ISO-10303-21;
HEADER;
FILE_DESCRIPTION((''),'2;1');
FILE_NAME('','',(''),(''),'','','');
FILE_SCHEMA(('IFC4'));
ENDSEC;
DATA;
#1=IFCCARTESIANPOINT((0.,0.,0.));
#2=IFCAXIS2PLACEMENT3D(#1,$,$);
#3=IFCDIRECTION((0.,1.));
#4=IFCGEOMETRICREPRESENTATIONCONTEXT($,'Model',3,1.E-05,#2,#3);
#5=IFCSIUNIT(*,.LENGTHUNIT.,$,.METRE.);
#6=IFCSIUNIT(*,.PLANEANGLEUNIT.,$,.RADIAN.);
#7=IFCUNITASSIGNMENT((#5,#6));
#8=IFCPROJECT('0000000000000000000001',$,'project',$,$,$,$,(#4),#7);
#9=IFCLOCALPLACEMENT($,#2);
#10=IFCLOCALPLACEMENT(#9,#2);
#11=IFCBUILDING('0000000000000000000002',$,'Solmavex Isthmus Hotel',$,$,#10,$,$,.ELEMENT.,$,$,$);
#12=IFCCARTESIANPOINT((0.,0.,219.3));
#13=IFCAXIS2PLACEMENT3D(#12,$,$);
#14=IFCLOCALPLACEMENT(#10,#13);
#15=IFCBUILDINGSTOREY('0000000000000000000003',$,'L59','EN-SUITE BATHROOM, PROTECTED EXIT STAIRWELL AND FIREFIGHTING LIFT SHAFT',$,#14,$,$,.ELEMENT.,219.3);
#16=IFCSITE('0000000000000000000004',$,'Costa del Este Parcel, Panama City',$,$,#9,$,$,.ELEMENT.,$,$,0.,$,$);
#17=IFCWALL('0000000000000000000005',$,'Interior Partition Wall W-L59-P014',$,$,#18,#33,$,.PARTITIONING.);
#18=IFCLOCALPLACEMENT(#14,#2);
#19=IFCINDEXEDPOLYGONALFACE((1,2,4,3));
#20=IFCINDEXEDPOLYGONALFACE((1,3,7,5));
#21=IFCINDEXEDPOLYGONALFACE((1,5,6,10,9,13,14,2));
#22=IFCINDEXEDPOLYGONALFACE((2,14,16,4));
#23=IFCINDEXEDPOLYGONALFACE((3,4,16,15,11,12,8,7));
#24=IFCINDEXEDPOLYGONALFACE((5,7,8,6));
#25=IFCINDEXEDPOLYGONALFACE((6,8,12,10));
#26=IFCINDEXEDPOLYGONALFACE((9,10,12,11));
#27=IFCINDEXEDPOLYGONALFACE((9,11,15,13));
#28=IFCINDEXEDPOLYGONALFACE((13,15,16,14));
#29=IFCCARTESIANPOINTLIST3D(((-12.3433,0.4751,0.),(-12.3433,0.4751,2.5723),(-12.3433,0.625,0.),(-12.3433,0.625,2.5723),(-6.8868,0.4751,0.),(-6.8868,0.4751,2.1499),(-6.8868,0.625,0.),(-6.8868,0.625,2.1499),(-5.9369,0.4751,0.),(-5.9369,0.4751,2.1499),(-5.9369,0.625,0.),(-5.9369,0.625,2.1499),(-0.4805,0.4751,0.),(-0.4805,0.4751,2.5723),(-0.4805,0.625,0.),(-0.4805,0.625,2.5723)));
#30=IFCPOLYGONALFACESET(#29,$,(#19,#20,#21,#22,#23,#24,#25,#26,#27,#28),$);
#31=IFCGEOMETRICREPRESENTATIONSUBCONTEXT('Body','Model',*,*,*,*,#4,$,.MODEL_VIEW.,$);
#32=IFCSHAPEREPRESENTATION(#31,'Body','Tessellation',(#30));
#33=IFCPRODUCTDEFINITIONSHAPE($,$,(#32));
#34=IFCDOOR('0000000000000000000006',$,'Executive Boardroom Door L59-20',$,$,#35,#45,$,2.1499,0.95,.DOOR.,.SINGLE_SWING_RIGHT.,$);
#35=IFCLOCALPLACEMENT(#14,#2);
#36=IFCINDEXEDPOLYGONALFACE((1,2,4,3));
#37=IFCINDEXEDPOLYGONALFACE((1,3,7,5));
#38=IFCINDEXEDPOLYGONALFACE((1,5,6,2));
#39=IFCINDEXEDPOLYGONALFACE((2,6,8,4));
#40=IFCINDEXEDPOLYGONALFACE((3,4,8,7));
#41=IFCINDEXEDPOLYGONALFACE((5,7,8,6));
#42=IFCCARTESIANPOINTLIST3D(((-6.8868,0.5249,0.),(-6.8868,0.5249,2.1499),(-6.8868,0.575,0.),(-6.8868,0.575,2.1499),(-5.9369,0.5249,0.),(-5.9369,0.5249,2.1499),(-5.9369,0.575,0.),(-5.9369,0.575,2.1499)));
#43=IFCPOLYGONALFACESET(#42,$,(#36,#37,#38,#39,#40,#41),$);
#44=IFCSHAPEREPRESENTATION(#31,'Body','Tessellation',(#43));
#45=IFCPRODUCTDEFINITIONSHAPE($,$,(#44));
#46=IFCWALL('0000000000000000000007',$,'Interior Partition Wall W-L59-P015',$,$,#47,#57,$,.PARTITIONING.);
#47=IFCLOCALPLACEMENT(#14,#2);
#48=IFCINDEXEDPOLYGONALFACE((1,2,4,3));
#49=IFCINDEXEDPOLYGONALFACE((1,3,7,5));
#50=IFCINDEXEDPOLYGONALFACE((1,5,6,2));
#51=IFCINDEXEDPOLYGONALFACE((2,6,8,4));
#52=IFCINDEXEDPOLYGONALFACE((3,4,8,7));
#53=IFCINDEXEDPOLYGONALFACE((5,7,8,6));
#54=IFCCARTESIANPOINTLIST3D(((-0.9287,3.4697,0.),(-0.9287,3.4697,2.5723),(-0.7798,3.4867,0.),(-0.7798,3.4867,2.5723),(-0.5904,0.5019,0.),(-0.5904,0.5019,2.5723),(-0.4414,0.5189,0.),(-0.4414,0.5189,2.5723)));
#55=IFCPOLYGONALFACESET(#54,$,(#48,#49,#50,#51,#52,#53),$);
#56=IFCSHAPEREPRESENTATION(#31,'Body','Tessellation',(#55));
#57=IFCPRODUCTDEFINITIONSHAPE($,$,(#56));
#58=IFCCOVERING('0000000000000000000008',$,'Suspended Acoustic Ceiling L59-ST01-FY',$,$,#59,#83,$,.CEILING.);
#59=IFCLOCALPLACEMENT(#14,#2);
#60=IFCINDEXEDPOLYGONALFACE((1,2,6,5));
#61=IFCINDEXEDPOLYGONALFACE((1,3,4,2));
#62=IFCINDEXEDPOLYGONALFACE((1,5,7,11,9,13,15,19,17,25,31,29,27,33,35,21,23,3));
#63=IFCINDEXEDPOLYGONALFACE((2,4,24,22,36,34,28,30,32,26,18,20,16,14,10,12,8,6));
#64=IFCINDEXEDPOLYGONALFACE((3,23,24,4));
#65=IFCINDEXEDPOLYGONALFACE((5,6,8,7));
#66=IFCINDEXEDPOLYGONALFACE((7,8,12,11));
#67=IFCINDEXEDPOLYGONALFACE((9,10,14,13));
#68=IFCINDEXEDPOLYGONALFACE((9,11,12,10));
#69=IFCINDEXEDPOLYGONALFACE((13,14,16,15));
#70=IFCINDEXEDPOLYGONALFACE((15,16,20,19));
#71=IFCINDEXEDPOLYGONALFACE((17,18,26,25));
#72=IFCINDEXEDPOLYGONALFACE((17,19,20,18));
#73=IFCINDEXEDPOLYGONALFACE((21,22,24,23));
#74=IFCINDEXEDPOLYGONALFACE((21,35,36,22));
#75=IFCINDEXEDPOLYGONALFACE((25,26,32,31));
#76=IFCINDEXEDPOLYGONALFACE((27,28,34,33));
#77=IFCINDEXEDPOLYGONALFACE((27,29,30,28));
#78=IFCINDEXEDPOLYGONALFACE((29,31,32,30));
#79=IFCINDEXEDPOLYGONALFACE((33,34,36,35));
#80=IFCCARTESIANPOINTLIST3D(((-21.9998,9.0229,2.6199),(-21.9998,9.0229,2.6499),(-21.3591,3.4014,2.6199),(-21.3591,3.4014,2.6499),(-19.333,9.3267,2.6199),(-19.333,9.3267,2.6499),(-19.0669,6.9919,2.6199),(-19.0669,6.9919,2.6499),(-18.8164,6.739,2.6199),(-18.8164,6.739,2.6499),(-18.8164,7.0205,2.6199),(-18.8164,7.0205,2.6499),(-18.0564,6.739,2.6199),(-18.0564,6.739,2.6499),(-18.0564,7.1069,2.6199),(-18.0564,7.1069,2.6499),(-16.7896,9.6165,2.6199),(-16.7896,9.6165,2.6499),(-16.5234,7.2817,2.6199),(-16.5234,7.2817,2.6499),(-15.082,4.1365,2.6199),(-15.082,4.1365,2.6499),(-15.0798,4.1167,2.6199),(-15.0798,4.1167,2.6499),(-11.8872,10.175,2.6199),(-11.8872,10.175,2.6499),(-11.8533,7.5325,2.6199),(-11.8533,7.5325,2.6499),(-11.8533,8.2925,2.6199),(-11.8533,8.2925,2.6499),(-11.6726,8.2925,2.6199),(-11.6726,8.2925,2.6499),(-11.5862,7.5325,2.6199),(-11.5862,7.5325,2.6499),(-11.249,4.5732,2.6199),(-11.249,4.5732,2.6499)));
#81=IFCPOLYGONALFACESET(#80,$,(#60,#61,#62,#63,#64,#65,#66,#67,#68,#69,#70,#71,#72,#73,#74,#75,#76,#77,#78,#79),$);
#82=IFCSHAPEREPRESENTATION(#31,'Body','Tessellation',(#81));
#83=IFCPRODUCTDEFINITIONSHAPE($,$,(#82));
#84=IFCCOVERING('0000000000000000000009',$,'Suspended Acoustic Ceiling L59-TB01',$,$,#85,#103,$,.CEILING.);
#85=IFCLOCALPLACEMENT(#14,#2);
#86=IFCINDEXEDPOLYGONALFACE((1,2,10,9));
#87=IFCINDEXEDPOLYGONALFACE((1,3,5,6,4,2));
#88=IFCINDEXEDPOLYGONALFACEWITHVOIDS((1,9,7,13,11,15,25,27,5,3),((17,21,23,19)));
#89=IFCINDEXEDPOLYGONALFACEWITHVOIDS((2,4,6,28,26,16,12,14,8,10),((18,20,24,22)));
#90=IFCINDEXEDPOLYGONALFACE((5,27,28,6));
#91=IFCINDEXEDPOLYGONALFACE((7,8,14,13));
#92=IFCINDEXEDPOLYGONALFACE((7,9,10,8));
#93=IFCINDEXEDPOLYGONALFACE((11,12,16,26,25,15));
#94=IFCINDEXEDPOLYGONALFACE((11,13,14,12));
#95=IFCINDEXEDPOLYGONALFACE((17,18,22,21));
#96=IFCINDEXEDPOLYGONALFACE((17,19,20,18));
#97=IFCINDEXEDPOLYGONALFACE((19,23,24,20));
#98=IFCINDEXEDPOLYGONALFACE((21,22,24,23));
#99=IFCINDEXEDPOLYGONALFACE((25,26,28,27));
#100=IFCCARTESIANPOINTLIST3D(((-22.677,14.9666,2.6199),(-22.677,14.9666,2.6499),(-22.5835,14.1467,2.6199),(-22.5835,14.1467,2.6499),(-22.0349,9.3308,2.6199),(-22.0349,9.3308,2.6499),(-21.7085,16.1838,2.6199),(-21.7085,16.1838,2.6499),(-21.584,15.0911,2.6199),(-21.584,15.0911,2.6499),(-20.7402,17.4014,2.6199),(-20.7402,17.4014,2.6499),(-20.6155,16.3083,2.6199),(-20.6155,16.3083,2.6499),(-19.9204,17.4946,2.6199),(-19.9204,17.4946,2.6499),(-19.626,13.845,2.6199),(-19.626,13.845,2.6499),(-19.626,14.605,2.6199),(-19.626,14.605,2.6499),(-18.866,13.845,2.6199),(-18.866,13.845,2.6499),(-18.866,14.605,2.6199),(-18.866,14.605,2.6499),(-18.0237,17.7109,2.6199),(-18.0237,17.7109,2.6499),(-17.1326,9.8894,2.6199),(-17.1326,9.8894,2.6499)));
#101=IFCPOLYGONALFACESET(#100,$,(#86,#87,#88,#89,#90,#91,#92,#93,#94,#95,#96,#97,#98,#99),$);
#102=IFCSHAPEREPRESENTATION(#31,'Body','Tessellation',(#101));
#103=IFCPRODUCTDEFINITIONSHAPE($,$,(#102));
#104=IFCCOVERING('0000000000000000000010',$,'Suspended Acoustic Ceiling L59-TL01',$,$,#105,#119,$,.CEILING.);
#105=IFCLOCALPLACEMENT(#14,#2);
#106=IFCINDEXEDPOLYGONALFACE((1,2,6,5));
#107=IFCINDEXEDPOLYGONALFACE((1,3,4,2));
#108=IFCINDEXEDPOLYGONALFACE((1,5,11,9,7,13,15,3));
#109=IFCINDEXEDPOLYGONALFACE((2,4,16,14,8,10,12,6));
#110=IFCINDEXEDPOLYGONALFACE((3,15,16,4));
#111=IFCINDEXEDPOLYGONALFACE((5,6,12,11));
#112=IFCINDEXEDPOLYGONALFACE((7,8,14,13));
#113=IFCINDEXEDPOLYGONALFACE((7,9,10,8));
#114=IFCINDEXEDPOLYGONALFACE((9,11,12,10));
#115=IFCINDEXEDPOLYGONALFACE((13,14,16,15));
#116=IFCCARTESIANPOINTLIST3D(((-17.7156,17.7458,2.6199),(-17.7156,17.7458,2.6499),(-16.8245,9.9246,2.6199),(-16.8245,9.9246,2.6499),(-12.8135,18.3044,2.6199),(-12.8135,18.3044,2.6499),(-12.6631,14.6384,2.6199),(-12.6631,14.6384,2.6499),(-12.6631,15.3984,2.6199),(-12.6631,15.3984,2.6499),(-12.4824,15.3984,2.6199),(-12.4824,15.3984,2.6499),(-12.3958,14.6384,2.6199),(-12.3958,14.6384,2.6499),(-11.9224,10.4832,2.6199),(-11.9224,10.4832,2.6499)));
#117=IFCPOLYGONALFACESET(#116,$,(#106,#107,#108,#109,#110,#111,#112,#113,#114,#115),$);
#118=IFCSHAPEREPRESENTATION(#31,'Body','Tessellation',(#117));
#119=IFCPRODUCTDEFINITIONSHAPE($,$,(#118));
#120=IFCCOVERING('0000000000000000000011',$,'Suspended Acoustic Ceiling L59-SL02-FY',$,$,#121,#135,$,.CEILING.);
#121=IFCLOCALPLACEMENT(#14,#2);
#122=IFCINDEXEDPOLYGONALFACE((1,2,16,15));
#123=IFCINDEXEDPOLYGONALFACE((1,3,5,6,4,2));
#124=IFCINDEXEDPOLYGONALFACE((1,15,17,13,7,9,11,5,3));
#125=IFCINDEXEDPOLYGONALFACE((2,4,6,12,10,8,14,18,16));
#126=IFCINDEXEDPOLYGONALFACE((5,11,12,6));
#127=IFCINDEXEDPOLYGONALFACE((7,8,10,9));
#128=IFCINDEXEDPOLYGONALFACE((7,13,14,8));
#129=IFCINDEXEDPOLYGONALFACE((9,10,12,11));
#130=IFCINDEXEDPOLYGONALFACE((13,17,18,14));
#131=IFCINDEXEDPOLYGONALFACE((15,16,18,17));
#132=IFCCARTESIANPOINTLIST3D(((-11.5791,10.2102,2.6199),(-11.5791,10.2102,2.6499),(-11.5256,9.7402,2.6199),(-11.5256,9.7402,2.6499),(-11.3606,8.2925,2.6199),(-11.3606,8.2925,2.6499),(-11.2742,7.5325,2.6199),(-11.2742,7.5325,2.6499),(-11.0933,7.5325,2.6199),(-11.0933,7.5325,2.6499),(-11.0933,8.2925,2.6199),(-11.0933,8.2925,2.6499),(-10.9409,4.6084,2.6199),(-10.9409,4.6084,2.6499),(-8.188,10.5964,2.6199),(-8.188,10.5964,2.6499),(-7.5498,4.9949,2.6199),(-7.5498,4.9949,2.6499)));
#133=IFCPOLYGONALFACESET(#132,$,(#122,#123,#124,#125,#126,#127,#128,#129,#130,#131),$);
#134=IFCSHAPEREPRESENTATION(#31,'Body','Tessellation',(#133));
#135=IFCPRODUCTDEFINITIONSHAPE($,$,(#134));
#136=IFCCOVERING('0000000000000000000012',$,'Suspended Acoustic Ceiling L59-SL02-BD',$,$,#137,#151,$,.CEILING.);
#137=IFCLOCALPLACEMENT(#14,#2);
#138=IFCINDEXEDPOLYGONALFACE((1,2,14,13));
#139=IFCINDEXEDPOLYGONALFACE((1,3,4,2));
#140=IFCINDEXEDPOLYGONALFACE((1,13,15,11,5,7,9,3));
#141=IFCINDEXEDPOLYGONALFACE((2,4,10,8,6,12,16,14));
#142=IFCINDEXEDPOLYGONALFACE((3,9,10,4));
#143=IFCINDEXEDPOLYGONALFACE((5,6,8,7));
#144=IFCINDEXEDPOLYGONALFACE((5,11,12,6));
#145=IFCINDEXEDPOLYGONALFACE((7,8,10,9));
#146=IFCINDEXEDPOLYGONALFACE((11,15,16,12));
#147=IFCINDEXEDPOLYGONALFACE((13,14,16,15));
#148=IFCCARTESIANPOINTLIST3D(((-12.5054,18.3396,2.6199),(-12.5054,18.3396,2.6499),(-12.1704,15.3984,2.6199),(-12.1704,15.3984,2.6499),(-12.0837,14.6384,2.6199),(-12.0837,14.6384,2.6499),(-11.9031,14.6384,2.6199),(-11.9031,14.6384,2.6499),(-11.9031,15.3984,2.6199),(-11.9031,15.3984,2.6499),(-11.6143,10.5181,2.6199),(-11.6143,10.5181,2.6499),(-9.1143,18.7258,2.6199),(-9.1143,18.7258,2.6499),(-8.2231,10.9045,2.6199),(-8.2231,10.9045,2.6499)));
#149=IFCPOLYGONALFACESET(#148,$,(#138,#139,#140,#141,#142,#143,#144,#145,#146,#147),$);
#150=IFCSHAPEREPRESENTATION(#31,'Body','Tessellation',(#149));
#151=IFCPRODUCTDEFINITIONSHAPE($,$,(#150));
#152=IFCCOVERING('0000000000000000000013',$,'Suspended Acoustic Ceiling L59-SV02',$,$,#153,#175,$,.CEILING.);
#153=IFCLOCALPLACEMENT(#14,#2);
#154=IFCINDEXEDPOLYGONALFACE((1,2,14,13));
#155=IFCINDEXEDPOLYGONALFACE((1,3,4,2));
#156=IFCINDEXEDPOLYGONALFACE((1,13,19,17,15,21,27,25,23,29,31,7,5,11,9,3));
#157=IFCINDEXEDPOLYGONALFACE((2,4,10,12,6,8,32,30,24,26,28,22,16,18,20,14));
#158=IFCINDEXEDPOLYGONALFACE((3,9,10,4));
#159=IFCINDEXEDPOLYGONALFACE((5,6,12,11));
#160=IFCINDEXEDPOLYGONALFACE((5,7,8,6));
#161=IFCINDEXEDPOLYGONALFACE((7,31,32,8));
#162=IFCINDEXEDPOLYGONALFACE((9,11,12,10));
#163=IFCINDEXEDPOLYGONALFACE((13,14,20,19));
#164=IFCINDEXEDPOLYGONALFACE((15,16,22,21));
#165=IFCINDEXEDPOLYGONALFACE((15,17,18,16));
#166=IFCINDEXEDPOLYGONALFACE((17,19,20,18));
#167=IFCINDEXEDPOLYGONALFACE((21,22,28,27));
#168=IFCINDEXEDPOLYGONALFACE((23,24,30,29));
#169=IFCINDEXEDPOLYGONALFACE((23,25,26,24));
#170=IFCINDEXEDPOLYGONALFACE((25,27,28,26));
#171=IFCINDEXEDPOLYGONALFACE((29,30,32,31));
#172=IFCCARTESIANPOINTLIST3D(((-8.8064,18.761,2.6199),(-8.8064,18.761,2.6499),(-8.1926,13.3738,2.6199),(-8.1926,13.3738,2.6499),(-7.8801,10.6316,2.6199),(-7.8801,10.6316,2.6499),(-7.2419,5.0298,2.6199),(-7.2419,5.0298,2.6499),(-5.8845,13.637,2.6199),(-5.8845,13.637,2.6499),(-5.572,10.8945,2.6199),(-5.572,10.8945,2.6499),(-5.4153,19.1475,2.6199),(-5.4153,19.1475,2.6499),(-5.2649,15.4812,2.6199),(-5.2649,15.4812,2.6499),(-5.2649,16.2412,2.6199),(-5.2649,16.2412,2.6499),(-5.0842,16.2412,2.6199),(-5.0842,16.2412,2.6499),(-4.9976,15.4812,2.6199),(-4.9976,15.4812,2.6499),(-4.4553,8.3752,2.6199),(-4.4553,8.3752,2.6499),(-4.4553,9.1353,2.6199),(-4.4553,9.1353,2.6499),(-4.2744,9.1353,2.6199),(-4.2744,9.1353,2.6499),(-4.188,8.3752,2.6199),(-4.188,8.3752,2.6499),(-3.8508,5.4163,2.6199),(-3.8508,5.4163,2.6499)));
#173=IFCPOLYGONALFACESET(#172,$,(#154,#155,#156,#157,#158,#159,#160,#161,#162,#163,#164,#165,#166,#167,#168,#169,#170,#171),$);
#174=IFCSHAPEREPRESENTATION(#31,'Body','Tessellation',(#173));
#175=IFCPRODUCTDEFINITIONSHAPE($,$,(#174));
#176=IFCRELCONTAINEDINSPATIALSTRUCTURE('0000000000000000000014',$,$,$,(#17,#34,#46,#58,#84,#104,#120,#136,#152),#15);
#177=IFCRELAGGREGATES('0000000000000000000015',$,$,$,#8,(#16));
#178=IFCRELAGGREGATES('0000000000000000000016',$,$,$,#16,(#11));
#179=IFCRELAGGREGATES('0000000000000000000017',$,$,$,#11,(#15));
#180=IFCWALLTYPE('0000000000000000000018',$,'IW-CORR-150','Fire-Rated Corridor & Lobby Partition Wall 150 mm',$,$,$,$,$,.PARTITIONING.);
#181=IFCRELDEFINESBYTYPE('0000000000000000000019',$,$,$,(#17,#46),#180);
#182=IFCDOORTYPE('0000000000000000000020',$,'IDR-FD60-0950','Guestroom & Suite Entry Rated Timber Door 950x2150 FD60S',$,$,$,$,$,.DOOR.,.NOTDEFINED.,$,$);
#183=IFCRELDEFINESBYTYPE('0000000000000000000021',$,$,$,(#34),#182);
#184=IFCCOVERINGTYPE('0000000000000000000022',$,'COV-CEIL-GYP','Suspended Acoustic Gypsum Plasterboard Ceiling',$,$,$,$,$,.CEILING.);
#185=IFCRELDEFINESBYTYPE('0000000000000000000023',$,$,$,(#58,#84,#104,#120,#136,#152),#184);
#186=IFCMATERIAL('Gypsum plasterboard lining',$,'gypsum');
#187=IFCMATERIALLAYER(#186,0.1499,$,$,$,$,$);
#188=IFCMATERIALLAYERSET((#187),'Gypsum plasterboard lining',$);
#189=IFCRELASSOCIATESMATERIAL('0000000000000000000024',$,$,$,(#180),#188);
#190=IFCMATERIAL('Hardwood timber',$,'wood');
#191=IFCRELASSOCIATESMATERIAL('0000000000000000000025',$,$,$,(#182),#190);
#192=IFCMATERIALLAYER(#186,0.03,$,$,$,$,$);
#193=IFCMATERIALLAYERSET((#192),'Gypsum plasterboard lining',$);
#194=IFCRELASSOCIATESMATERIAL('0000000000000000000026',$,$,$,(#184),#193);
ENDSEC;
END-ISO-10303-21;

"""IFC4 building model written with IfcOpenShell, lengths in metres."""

from ifc_helpers import new_model, si_unit, direction, frame, frame_2d, origin, place, context, subcontext, project, spatial, polyline, rectangle, outline, extrude, material, layer, layer_set, type_object, element, fill, save


model = new_model("IFC4")

# Units and contexts
model_context = context("Model", 3, precision=1e-05, world=origin(), true_north=direction((0.0, 1.0)))
body_context = subcontext(model_context, "Body", "Model", "MODEL_VIEW")
ifc_project = project(units=[si_unit("LENGTHUNIT", "METRE"), si_unit("PLANEANGLEUNIT", "RADIAN")], contexts=[model_context])

# Site, building, storey
site_placement = place(None, origin())
site = spatial("IfcSite", under=ifc_project, at=site_placement, Name="Costa del Este Parcel, Panama City", CompositionType="ELEMENT", RefElevation=0.0)
building_placement = place(site_placement, origin())
building = spatial("IfcBuilding", under=site, at=building_placement, Name="Solmavex Isthmus Hotel", CompositionType="ELEMENT")
storey_placement = place(building_placement, frame((0.0, 0.0, 219.3)))
storey = spatial("IfcBuildingStorey", under=building, at=storey_placement, Name="L59", Description="EN-SUITE BATHROOM, PROTECTED EXIT STAIRWELL AND FIREFIGHTING LIFT SHAFT", CompositionType="ELEMENT", Elevation=219.3)

# Shared definitions
ifc_material_1 = material(Name="Gypsum plasterboard lining", Category="gypsum")
ifc_layer_1 = layer(ifc_material_1, 0.1499)
ifc_layer_set_1 = layer_set([ifc_layer_1], Name="Gypsum plasterboard lining")
wall_type = type_object("IfcWallType", Name="IW-CORR-150", Description="Fire-Rated Corridor & Lobby Partition Wall 150 mm", PredefinedType="PARTITIONING", material=ifc_layer_set_1)

# Wall, opening, door
wall_1_placement = place(storey_placement, frame((-12.3433, 0.55, 0.0), z_axis=(0.0, 0.0, 1.0), x_axis=(1.0, 0.0, 0.0)))
wall_1 = element("IfcWall", 1, at=wall_1_placement, inside=storey, type_object=wall_type, Name="Interior Partition Wall W-L59-P014", PredefinedType="PARTITIONING", context=body_context, shape_type="SweptSolid", body=[
    extrude(rectangle(XDim=11.8628, YDim=0.1499, at=frame_2d((5.9314, 0.0))), origin(), (0.0, 0.0, 1.0), 2.5723),
])
opening_placement = place(wall_1_placement, frame((5.4563, 0.0, 0.0)))
opening = element("IfcOpeningElement", 2, at=opening_placement, cuts=wall_1, PredefinedType="OPENING", context=body_context, shape_type="SweptSolid", body=[
    extrude(rectangle(XDim=0.95, YDim=2.1499, at=frame_2d((0.4751, 1.075))), frame((0.0, 0.085, 0.0), z_axis=(0.0, -1.0, 0.0), x_axis=(1.0, 0.0, 0.0)), (0.0, 0.0, 1.0), 0.1699),
])
ifc_material_2 = material(Name="Hardwood timber", Category="wood")
door_type = type_object("IfcDoorType", Name="IDR-FD60-0950", Description="Guestroom & Suite Entry Rated Timber Door 950x2150 FD60S", OperationType="NOTDEFINED", PredefinedType="DOOR", material=ifc_material_2)
door_placement = place(opening_placement, origin())
door = element("IfcDoor", 3, at=door_placement, inside=storey, type_object=door_type, Name="Executive Boardroom Door L59-20", OperationType="SINGLE_SWING_RIGHT", OverallHeight=2.1499, OverallWidth=0.95, PredefinedType="DOOR", context=body_context, shape_type="SweptSolid", body=[
    extrude(rectangle(XDim=0.95, YDim=2.1499, at=frame_2d((0.4751, 1.075))), frame((0.0, 0.0249, 0.0), z_axis=(0.0, -1.0, 0.0), x_axis=(1.0, 0.0, 0.0)), (0.0, 0.0, 1.0), 0.05),
])
fill(opening, door)

# Wall
wall_2_placement = place(storey_placement, frame((-0.5159, 0.5103, 0.0), z_axis=(0.0, 0.0, 1.0), x_axis=(-0.113284, 0.993563, 0.0)))
element("IfcWall", 4, at=wall_2_placement, inside=storey, type_object=wall_type, Name="Interior Partition Wall W-L59-P015", PredefinedType="PARTITIONING", context=body_context, shape_type="SweptSolid", body=[
    extrude(rectangle(XDim=2.9871, YDim=0.1499, at=frame_2d((1.4937, 0.0))), origin(), (0.0, 0.0, 1.0), 2.5723),
])

# Coverings
ifc_layer_2 = layer(ifc_material_1, 0.03)
ifc_layer_set_2 = layer_set([ifc_layer_2], Name="Gypsum plasterboard lining")
covering_type_1 = type_object("IfcCoveringType", Name="COV-CEIL-GYP", Description="Suspended Acoustic Gypsum Plasterboard Ceiling", PredefinedType="CEILING", material=ifc_layer_set_2)
covering_1_placement = place(storey_placement, frame((0.0, 0.0, 2.6199)))
element("IfcCovering", 5, at=covering_1_placement, inside=storey, type_object=covering_type_1, Name="Suspended Acoustic Ceiling L59-ST01-FY", PredefinedType="CEILING", context=body_context, shape_type="SweptSolid", body=[
    extrude(outline(polyline([(-18.0564, 7.1069), (-18.0564, 6.739), (-18.8164, 6.739), (-18.8164, 7.0205), (-19.0669, 6.9919), (-19.333, 9.3267), (-21.9998, 9.0229), (-21.3591, 3.4014), (-15.0798, 4.1167), (-15.082, 4.1365), (-11.249, 4.5732), (-11.5862, 7.5325), (-11.8533, 7.5325), (-11.8533, 8.2925), (-11.6726, 8.2925), (-11.8872, 10.175), (-16.7896, 9.6165), (-16.5234, 7.2817), (-18.0564, 7.1069)])), origin(), (0.0, 0.0, 1.0), 0.03),
])
covering_2_placement = place(storey_placement, frame((0.0, 0.0, 2.6199)))
element("IfcCovering", 6, at=covering_2_placement, inside=storey, type_object=covering_type_1, Name="Suspended Acoustic Ceiling L59-TB01", PredefinedType="CEILING", context=body_context, shape_type="SweptSolid", body=[
    extrude(outline(polyline([(-22.677, 14.9666), (-22.5835, 14.1467), (-22.0349, 9.3308), (-17.1326, 9.8894), (-18.0237, 17.7109), (-19.9204, 17.4946), (-20.7402, 17.4014), (-20.6155, 16.3083), (-21.7085, 16.1838), (-21.584, 15.0911), (-22.677, 14.9666)]), holes=[polyline([(-19.626, 13.845), (-19.626, 14.605), (-18.866, 14.605), (-18.866, 13.845), (-19.626, 13.845)])]), origin(), (0.0, 0.0, 1.0), 0.03),
])
covering_3_placement = place(storey_placement, frame((0.0, 0.0, 2.6199)))
element("IfcCovering", 7, at=covering_3_placement, inside=storey, type_object=covering_type_1, Name="Suspended Acoustic Ceiling L59-TL01", PredefinedType="CEILING", context=body_context, shape_type="SweptSolid", body=[
    extrude(outline(polyline([(-12.3958, 14.6384), (-12.6631, 14.6384), (-12.6631, 15.3984), (-12.4824, 15.3984), (-12.8135, 18.3044), (-17.7156, 17.7458), (-16.8245, 9.9246), (-11.9224, 10.4832), (-12.3958, 14.6384)])), origin(), (0.0, 0.0, 1.0), 0.03),
])
covering_4_placement = place(storey_placement, frame((0.0, 0.0, 2.6199)))
element("IfcCovering", 8, at=covering_4_placement, inside=storey, type_object=covering_type_1, Name="Suspended Acoustic Ceiling L59-SL02-FY", PredefinedType="CEILING", context=body_context, shape_type="SweptSolid", body=[
    extrude(outline(polyline([(-11.3606, 8.2925), (-11.0933, 8.2925), (-11.0933, 7.5325), (-11.2742, 7.5325), (-10.9409, 4.6084), (-7.5498, 4.9949), (-8.188, 10.5964), (-11.5791, 10.2102), (-11.5256, 9.7402), (-11.3606, 8.2925)])), origin(), (0.0, 0.0, 1.0), 0.03),
])
covering_5_placement = place(storey_placement, frame((0.0, 0.0, 2.6199)))
element("IfcCovering", 9, at=covering_5_placement, inside=storey, type_object=covering_type_1, Name="Suspended Acoustic Ceiling L59-SL02-BD", PredefinedType="CEILING", context=body_context, shape_type="SweptSolid", body=[
    extrude(outline(polyline([(-12.1704, 15.3984), (-11.9031, 15.3984), (-11.9031, 14.6384), (-12.0837, 14.6384), (-11.6143, 10.5181), (-8.2231, 10.9045), (-9.1143, 18.7258), (-12.5054, 18.3396), (-12.1704, 15.3984)])), origin(), (0.0, 0.0, 1.0), 0.03),
])
covering_6_placement = place(storey_placement, frame((0.0, 0.0, 2.6199)))
element("IfcCovering", 10, at=covering_6_placement, inside=storey, type_object=covering_type_1, Name="Suspended Acoustic Ceiling L59-SV02", PredefinedType="CEILING", context=body_context, shape_type="SweptSolid", body=[
    extrude(outline(polyline([(-4.9976, 15.4812), (-5.2649, 15.4812), (-5.2649, 16.2412), (-5.0842, 16.2412), (-5.4153, 19.1475), (-8.8064, 18.761), (-8.1926, 13.3738), (-5.8845, 13.637), (-5.572, 10.8945), (-7.8801, 10.6316), (-7.2419, 5.0298), (-3.8508, 5.4163), (-4.188, 8.3752), (-4.4553, 8.3752), (-4.4553, 9.1353), (-4.2744, 9.1353), (-4.9976, 15.4812)])), origin(), (0.0, 0.0, 1.0), 0.03),
])

save(model, "model.ifc")
